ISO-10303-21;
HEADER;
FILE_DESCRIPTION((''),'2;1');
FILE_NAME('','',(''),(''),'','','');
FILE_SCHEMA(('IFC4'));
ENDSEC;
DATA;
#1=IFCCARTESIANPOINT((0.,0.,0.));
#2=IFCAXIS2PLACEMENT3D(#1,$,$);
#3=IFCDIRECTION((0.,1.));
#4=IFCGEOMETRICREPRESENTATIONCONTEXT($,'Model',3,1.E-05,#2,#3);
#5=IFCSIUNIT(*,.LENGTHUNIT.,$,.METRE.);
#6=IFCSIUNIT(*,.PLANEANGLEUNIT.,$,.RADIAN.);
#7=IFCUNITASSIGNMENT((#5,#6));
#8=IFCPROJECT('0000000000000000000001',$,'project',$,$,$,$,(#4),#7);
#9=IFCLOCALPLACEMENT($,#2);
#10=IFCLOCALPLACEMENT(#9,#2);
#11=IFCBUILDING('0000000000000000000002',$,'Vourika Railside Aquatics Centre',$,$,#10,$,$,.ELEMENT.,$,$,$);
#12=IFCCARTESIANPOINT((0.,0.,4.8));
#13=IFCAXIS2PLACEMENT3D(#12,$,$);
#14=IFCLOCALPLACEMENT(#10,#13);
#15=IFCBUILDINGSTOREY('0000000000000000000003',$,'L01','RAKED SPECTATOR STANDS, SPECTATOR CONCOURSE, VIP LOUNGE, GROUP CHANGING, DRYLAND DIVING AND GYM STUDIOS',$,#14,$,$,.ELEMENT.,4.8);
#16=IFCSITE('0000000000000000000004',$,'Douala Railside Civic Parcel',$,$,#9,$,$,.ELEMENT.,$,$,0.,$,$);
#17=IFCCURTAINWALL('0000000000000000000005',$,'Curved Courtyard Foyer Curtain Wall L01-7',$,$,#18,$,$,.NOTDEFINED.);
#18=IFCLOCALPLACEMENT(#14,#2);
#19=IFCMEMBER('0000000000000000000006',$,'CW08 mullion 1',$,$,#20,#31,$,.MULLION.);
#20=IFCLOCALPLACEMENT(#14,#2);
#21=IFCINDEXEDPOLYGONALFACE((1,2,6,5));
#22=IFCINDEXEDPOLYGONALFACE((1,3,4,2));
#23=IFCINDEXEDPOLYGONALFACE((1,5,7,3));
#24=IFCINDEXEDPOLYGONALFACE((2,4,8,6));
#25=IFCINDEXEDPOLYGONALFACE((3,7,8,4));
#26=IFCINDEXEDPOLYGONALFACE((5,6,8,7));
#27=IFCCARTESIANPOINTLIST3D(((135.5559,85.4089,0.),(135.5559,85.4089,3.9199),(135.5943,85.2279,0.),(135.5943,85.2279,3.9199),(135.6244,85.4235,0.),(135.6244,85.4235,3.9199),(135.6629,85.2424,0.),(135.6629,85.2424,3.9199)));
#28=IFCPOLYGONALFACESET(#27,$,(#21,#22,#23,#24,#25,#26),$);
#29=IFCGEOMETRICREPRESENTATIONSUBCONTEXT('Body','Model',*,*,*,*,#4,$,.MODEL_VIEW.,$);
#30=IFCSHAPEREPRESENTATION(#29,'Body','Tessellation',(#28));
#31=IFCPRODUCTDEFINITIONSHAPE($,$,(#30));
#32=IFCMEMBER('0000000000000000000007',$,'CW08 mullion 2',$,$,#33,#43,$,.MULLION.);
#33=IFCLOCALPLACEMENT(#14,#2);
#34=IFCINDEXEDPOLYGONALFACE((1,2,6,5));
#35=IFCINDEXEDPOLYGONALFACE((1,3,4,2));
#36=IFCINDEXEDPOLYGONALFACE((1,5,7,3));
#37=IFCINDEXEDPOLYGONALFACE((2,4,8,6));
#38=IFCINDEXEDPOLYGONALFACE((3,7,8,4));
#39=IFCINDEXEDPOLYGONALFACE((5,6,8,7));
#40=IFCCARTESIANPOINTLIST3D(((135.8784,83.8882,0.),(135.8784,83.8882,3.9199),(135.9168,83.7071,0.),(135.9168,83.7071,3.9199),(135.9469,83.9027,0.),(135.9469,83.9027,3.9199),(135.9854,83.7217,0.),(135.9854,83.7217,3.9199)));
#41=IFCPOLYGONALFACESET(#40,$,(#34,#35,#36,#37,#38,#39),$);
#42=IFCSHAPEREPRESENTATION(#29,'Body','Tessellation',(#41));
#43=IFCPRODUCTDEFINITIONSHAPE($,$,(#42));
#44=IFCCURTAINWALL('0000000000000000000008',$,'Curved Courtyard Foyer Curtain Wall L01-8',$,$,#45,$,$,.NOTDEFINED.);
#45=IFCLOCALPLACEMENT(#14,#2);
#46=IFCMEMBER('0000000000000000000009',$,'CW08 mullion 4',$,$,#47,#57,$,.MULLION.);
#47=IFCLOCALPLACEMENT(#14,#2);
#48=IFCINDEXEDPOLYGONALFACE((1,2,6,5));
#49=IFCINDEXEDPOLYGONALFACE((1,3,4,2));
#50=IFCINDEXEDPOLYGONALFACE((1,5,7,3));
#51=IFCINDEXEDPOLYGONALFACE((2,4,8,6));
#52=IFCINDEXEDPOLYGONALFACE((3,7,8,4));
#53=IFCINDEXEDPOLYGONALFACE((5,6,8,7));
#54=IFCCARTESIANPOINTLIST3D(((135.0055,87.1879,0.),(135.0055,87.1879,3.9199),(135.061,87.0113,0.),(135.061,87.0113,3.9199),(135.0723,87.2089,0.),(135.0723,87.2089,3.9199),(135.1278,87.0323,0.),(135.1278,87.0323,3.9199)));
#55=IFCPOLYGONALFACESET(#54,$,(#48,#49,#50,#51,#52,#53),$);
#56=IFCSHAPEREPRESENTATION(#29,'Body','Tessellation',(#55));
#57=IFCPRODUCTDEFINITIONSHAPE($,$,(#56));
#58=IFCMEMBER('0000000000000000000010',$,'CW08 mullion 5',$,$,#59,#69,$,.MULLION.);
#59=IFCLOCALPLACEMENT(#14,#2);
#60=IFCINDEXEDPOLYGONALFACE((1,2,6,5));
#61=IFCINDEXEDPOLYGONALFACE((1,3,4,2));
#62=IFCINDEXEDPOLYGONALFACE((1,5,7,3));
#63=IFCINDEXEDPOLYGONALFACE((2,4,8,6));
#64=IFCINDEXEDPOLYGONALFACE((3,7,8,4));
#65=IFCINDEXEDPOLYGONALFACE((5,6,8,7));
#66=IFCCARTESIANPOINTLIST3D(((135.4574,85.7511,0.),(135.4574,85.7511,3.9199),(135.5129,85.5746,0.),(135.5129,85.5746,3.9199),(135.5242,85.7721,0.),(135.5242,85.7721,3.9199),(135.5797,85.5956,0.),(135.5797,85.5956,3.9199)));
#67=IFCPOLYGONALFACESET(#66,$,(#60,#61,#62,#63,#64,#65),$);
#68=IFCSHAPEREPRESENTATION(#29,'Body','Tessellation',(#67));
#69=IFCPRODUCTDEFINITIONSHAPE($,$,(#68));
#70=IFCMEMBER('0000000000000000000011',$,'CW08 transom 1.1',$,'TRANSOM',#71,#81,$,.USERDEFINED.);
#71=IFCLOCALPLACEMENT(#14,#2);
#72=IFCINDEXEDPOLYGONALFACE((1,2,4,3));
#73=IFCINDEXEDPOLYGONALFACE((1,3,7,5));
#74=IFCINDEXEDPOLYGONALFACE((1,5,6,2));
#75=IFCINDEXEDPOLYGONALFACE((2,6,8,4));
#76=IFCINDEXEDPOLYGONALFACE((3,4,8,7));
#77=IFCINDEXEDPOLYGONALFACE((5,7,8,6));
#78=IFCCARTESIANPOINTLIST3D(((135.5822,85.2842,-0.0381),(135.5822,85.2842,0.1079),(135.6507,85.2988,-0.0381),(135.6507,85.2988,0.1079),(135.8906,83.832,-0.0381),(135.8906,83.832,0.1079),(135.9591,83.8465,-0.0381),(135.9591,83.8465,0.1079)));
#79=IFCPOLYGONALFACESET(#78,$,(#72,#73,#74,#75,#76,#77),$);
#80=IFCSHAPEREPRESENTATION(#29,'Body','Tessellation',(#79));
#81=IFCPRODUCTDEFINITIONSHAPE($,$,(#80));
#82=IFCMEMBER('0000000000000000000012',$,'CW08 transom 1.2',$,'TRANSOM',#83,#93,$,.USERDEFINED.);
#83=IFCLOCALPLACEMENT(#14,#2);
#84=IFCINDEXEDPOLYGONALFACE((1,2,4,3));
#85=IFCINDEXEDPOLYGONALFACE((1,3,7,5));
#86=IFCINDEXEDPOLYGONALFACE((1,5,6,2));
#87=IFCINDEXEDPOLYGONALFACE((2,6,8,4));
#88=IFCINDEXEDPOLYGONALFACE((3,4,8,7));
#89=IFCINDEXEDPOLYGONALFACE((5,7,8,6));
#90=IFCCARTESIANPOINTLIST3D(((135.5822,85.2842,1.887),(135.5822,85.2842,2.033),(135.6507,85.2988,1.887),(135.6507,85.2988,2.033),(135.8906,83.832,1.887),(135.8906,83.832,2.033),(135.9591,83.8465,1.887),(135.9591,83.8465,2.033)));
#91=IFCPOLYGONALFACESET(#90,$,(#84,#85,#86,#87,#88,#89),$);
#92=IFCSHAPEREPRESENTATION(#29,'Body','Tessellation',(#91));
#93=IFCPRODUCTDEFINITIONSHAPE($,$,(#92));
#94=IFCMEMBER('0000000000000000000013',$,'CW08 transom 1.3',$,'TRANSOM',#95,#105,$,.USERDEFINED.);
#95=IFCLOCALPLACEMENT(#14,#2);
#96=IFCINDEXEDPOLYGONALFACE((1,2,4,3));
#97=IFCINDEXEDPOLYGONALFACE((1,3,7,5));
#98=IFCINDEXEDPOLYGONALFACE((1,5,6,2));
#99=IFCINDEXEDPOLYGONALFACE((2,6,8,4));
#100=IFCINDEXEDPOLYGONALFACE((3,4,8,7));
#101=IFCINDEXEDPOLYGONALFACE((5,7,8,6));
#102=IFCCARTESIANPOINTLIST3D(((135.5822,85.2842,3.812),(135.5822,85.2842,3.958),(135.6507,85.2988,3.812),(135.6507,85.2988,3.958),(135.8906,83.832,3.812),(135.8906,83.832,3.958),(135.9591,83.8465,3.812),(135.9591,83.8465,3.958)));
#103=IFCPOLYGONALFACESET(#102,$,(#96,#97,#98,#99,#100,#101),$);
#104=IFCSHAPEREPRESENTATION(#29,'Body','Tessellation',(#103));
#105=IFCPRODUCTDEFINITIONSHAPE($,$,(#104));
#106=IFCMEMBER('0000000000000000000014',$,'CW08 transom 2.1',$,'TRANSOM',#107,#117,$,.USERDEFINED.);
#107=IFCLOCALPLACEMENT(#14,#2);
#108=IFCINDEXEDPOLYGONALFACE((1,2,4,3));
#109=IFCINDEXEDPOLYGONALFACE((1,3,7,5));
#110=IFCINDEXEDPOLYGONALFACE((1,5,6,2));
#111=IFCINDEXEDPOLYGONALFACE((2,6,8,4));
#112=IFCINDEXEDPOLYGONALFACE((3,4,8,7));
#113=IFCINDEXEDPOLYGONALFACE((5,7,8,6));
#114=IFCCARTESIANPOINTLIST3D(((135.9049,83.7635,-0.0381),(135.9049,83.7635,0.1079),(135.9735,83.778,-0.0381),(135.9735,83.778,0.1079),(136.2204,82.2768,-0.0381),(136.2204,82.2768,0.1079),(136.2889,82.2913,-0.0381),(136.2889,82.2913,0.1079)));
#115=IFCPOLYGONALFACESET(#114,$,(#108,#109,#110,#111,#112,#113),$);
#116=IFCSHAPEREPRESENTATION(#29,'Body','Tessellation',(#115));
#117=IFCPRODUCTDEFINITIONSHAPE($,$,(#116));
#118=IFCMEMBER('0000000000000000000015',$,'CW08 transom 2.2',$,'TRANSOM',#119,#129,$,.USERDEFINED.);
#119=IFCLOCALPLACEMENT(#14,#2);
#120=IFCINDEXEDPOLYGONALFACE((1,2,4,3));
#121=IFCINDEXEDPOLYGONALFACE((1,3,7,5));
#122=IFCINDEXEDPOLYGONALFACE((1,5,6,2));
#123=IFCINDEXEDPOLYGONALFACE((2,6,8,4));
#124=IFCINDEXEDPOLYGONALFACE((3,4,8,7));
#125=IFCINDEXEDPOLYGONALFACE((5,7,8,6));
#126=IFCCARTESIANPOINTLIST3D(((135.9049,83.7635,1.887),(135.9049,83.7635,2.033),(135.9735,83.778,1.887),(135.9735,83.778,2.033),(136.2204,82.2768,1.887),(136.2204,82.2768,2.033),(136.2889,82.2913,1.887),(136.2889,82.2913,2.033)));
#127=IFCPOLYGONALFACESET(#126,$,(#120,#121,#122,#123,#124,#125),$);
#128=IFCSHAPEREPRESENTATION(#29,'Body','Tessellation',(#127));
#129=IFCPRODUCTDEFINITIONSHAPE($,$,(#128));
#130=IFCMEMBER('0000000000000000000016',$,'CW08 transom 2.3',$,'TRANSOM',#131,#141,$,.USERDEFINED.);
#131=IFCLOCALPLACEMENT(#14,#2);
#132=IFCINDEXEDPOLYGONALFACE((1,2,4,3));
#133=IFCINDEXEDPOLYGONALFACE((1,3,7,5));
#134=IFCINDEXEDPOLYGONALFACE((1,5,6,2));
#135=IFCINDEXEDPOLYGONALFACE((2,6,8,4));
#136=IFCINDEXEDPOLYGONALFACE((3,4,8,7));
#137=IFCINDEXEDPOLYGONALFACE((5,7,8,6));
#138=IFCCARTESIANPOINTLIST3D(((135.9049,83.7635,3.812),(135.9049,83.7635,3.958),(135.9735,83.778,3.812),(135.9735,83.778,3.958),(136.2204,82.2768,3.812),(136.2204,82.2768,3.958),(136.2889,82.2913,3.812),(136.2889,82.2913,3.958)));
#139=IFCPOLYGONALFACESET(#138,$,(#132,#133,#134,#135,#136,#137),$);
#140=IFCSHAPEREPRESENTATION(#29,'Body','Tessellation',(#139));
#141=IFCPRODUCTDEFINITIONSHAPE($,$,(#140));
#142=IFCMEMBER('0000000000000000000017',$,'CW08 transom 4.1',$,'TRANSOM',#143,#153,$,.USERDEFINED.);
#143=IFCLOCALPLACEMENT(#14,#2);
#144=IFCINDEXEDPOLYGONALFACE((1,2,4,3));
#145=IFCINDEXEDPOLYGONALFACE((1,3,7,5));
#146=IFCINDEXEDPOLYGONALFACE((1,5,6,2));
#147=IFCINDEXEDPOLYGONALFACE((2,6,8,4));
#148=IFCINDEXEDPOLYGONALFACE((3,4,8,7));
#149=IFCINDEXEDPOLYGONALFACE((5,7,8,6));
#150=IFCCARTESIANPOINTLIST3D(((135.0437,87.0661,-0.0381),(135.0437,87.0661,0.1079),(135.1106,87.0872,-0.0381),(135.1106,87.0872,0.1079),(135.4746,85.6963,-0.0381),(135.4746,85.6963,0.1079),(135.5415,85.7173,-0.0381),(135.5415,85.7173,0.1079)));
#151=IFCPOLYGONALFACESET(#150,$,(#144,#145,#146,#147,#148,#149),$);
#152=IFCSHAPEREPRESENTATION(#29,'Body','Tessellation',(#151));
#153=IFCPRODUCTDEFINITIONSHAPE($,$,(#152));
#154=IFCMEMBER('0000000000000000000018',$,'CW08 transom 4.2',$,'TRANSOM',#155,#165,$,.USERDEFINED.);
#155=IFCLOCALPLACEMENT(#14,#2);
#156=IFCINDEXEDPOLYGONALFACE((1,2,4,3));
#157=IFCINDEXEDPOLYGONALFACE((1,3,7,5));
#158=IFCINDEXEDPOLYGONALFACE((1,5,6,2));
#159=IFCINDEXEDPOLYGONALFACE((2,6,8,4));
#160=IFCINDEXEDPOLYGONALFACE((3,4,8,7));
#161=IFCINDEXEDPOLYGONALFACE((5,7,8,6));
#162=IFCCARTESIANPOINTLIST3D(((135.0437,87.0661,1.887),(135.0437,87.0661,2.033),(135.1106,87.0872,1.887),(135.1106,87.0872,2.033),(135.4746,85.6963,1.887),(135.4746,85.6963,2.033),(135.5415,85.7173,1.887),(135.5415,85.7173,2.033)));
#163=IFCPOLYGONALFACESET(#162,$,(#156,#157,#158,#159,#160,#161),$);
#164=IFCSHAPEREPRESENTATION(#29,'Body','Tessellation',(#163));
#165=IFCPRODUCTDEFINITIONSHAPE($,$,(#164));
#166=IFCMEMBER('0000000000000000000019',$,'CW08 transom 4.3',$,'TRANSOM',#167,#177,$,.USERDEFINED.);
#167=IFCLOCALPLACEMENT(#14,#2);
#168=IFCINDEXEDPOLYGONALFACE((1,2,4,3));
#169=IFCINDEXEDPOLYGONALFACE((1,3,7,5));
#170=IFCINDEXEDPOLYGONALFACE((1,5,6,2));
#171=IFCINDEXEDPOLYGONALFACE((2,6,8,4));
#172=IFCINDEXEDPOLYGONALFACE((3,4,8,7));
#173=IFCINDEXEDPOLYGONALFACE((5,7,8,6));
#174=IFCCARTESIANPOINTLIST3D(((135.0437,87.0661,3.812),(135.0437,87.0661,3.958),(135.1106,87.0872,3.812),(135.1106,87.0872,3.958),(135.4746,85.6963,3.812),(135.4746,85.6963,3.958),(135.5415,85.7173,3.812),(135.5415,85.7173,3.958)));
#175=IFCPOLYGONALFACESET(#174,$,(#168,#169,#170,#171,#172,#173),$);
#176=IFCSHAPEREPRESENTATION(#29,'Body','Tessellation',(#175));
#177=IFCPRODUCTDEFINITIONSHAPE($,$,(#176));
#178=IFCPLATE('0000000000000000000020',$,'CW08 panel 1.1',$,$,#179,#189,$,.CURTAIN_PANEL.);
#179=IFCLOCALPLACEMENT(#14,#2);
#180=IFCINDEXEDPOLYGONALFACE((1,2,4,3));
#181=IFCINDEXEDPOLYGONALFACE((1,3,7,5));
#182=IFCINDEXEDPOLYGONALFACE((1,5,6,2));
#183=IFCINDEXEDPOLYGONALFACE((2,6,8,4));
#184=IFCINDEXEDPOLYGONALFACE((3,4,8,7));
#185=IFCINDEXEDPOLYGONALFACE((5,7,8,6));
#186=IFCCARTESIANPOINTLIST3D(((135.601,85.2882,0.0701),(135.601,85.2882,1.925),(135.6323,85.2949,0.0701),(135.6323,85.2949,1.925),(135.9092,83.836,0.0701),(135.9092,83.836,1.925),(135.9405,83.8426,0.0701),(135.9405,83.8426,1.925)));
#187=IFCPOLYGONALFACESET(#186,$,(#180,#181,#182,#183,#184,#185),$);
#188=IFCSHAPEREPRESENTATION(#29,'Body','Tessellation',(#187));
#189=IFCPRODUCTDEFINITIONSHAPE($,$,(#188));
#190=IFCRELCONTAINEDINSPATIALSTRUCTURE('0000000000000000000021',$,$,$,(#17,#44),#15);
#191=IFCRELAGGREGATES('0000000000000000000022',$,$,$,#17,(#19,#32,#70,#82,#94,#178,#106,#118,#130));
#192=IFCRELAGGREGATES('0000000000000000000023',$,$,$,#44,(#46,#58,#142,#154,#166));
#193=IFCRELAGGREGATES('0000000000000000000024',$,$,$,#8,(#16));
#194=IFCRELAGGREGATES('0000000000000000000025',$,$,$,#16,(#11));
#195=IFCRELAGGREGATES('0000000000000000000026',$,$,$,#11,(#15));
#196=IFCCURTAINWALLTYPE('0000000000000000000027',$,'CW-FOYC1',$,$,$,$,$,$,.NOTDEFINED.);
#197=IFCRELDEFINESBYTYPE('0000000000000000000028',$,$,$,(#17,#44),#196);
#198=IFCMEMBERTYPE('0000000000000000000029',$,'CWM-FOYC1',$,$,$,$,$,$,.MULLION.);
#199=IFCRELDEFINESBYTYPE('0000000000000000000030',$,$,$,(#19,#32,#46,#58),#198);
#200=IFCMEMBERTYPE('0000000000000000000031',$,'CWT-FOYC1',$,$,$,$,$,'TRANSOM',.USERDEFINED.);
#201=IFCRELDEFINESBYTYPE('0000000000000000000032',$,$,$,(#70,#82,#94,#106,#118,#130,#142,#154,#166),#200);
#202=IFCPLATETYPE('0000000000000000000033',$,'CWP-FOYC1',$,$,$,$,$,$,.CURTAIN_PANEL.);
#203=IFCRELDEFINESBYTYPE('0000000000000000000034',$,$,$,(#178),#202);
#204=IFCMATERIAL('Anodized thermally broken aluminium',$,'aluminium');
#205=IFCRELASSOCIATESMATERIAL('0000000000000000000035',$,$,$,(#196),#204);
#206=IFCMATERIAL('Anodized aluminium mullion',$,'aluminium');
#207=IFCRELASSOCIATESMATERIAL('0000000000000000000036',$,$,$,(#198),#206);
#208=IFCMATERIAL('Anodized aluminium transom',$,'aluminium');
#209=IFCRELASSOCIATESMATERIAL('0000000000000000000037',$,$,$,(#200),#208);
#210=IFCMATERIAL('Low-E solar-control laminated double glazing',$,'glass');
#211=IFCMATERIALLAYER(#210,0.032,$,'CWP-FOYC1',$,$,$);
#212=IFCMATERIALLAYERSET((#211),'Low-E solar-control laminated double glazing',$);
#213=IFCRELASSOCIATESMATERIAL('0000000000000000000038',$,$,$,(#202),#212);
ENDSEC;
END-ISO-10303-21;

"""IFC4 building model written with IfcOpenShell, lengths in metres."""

from ifc_helpers import new_model, si_unit, direction, frame, origin, origin_2d, place, context, subcontext, project, spatial, rectangle, extrude, material, layer, layer_set, material_profile, profile_set, type_object, element, aggregate, save


model = new_model("IFC4")

# Units and contexts
model_context = context("Model", 3, precision=1e-05, world=origin(), true_north=direction((0.0, 1.0)))
body_context = subcontext(model_context, "Body", "Model", "MODEL_VIEW")
ifc_project = project(units=[si_unit("LENGTHUNIT", "METRE"), si_unit("PLANEANGLEUNIT", "RADIAN")], contexts=[model_context])

# Site, building, storey
site_placement = place(None, origin())
site = spatial("IfcSite", under=ifc_project, at=site_placement, Name="Douala Railside Civic Parcel", CompositionType="ELEMENT", RefElevation=0.0)
building_placement = place(site_placement, origin())
building = spatial("IfcBuilding", under=site, at=building_placement, Name="Vourika Railside Aquatics Centre", CompositionType="ELEMENT")
storey_placement = place(building_placement, frame((0.0, 0.0, 4.8)))
storey = spatial("IfcBuildingStorey", under=building, at=storey_placement, Name="L01", Description="RAKED SPECTATOR STANDS, SPECTATOR CONCOURSE, VIP LOUNGE, GROUP CHANGING, DRYLAND DIVING AND GYM STUDIOS", CompositionType="ELEMENT", Elevation=4.8)

# Curtain walls, members
ifc_material_1 = material(Name="Anodized thermally broken aluminium", Category="aluminium")
curtain_wall_type = type_object("IfcCurtainWallType", Name="CW-FOYC1", PredefinedType="NOTDEFINED", material=ifc_material_1)
curtain_wall_1_placement = place(storey_placement, origin())
curtain_wall_1 = element("IfcCurtainWall", 1, at=curtain_wall_1_placement, inside=storey, type_object=curtain_wall_type, Name="Curved Courtyard Foyer Curtain Wall L01-7", PredefinedType="NOTDEFINED")
ifc_material_2 = material(Name="Anodized aluminium mullion", Category="aluminium")
ifc_material_profile_1 = material_profile(ifc_material_2, rectangle(XDim=0.0701, YDim=0.1851, at=origin_2d()), Name="ALU-M 70x185")
ifc_profile_set_1 = profile_set([ifc_material_profile_1], Name="Anodized aluminium mullion")
member_type_1 = type_object("IfcMemberType", Name="CWM-FOYC1", PredefinedType="MULLION", material=ifc_profile_set_1)
member_1_placement = place(storey_placement, frame((135.6094, 85.3257, 0.0), z_axis=(0.0, 0.0, 1.0), x_axis=(0.978215, 0.207595, 0.0)))
member_1 = element("IfcMember", 2, at=member_1_placement, type_object=member_type_1, Name="CW08 mullion 1", PredefinedType="MULLION", context=body_context, shape_type="SweptSolid", body=[
    extrude(rectangle(XDim=0.0701, YDim=0.1851, at=origin_2d()), origin(), (0.0, 0.0, 1.0), 3.9199),
])
member_2_placement = place(storey_placement, frame((135.9319, 83.8049, 0.0), z_axis=(0.0, 0.0, 1.0), x_axis=(0.978215, 0.207595, 0.0)))
member_2 = element("IfcMember", 3, at=member_2_placement, type_object=member_type_1, Name="CW08 mullion 2", PredefinedType="MULLION", context=body_context, shape_type="SweptSolid", body=[
    extrude(rectangle(XDim=0.0701, YDim=0.1851, at=origin_2d()), origin(), (0.0, 0.0, 1.0), 3.9199),
])
curtain_wall_2_placement = place(storey_placement, origin())
curtain_wall_2 = element("IfcCurtainWall", 4, at=curtain_wall_2_placement, inside=storey, type_object=curtain_wall_type, Name="Curved Courtyard Foyer Curtain Wall L01-8", PredefinedType="NOTDEFINED")
member_3_placement = place(storey_placement, frame((135.0667, 87.1101, 0.0), z_axis=(0.0, 0.0, 1.0), x_axis=(0.953947, 0.299974, 0.0)))
member_3 = element("IfcMember", 5, at=member_3_placement, type_object=member_type_1, Name="CW08 mullion 4", PredefinedType="MULLION", context=body_context, shape_type="SweptSolid", body=[
    extrude(rectangle(XDim=0.0701, YDim=0.1851, at=origin_2d()), origin(), (0.0, 0.0, 1.0), 3.9199),
])
member_4_placement = place(storey_placement, frame((135.5186, 85.6733, 0.0), z_axis=(0.0, 0.0, 1.0), x_axis=(0.953947, 0.299974, 0.0)))
member_4 = element("IfcMember", 6, at=member_4_placement, type_object=member_type_1, Name="CW08 mullion 5", PredefinedType="MULLION", context=body_context, shape_type="SweptSolid", body=[
    extrude(rectangle(XDim=0.0701, YDim=0.1851, at=origin_2d()), origin(), (0.0, 0.0, 1.0), 3.9199),
])

# Members
ifc_material_3 = material(Name="Anodized aluminium transom", Category="aluminium")
ifc_material_profile_2 = material_profile(ifc_material_3, rectangle(XDim=0.0701, YDim=0.146, at=origin_2d()), Name="ALU-T 70x146")
ifc_profile_set_2 = profile_set([ifc_material_profile_2], Name="Anodized aluminium transom")
member_type_2 = type_object("IfcMemberType", Name="CWT-FOYC1", ElementType="TRANSOM", PredefinedType="USERDEFINED", material=ifc_profile_set_2)
member_5_placement = place(storey_placement, frame((135.6165, 85.2915, 0.0349), z_axis=(0.207709, -0.978191, 0.0), x_axis=(0.978191, 0.207709, 0.0)))
member_5 = element("IfcMember", 7, at=member_5_placement, type_object=member_type_2, Name="CW08 transom 1.1", ObjectType="TRANSOM", PredefinedType="USERDEFINED", context=body_context, shape_type="SweptSolid", body=[
    extrude(rectangle(XDim=0.0701, YDim=0.146, at=origin_2d()), origin(), (0.0, 0.0, 1.0), 1.4846),
])
member_6_placement = place(storey_placement, frame((135.6165, 85.2915, 1.96), z_axis=(0.207709, -0.978191, 0.0), x_axis=(0.978191, 0.207709, 0.0)))
member_6 = element("IfcMember", 8, at=member_6_placement, type_object=member_type_2, Name="CW08 transom 1.2", ObjectType="TRANSOM", PredefinedType="USERDEFINED", context=body_context, shape_type="SweptSolid", body=[
    extrude(rectangle(XDim=0.0701, YDim=0.146, at=origin_2d()), origin(), (0.0, 0.0, 1.0), 1.4846),
])
member_7_placement = place(storey_placement, frame((135.6165, 85.2915, 3.885), z_axis=(0.207709, -0.978191, 0.0), x_axis=(0.978191, 0.207709, 0.0)))
member_7 = element("IfcMember", 9, at=member_7_placement, type_object=member_type_2, Name="CW08 transom 1.3", ObjectType="TRANSOM", PredefinedType="USERDEFINED", context=body_context, shape_type="SweptSolid", body=[
    extrude(rectangle(XDim=0.0701, YDim=0.146, at=origin_2d()), origin(), (0.0, 0.0, 1.0), 1.4846),
])
member_8_placement = place(storey_placement, frame((135.9392, 83.7708, 0.0349), z_axis=(0.207565, -0.978221, 0.0), x_axis=(0.978221, 0.207565, 0.0)))
member_8 = element("IfcMember", 10, at=member_8_placement, type_object=member_type_2, Name="CW08 transom 2.1", ObjectType="TRANSOM", PredefinedType="USERDEFINED", context=body_context, shape_type="SweptSolid", body=[
    extrude(rectangle(XDim=0.0701, YDim=0.146, at=origin_2d()), origin(), (0.0, 0.0, 1.0), 1.5198),
])
member_9_placement = place(storey_placement, frame((135.9392, 83.7708, 1.96), z_axis=(0.207565, -0.978221, 0.0), x_axis=(0.978221, 0.207565, 0.0)))
member_9 = element("IfcMember", 11, at=member_9_placement, type_object=member_type_2, Name="CW08 transom 2.2", ObjectType="TRANSOM", PredefinedType="USERDEFINED", context=body_context, shape_type="SweptSolid", body=[
    extrude(rectangle(XDim=0.0701, YDim=0.146, at=origin_2d()), origin(), (0.0, 0.0, 1.0), 1.5198),
])
member_10_placement = place(storey_placement, frame((135.9392, 83.7708, 3.885), z_axis=(0.207565, -0.978221, 0.0), x_axis=(0.978221, 0.207565, 0.0)))
member_10 = element("IfcMember", 12, at=member_10_placement, type_object=member_type_2, Name="CW08 transom 2.3", ObjectType="TRANSOM", PredefinedType="USERDEFINED", context=body_context, shape_type="SweptSolid", body=[
    extrude(rectangle(XDim=0.0701, YDim=0.146, at=origin_2d()), origin(), (0.0, 0.0, 1.0), 1.5198),
])
member_11_placement = place(storey_placement, frame((135.0771, 87.0767, 0.0349), z_axis=(0.300065, -0.953919, 0.0), x_axis=(0.953919, 0.300065, 0.0)))
member_11 = element("IfcMember", 13, at=member_11_placement, type_object=member_type_2, Name="CW08 transom 4.1", ObjectType="TRANSOM", PredefinedType="USERDEFINED", context=body_context, shape_type="SweptSolid", body=[
    extrude(rectangle(XDim=0.0701, YDim=0.146, at=origin_2d()), origin(), (0.0, 0.0, 1.0), 1.436),
])
member_12_placement = place(storey_placement, frame((135.0771, 87.0767, 1.96), z_axis=(0.300065, -0.953919, 0.0), x_axis=(0.953919, 0.300065, 0.0)))
member_12 = element("IfcMember", 14, at=member_12_placement, type_object=member_type_2, Name="CW08 transom 4.2", ObjectType="TRANSOM", PredefinedType="USERDEFINED", context=body_context, shape_type="SweptSolid", body=[
    extrude(rectangle(XDim=0.0701, YDim=0.146, at=origin_2d()), origin(), (0.0, 0.0, 1.0), 1.436),
])
member_13_placement = place(storey_placement, frame((135.0771, 87.0767, 3.885), z_axis=(0.300065, -0.953919, 0.0), x_axis=(0.953919, 0.300065, 0.0)))
member_13 = element("IfcMember", 15, at=member_13_placement, type_object=member_type_2, Name="CW08 transom 4.3", ObjectType="TRANSOM", PredefinedType="USERDEFINED", context=body_context, shape_type="SweptSolid", body=[
    extrude(rectangle(XDim=0.0701, YDim=0.146, at=origin_2d()), origin(), (0.0, 0.0, 1.0), 1.436),
])

# Plate
ifc_material_4 = material(Name="Low-E solar-control laminated double glazing", Category="glass")
ifc_layer = layer(ifc_material_4, 0.032, Name="CWP-FOYC1")
ifc_layer_set = layer_set([ifc_layer], Name="Low-E solar-control laminated double glazing")
plate_type = type_object("IfcPlateType", Name="CWP-FOYC1", PredefinedType="CURTAIN_PANEL", material=ifc_layer_set)
plate_1_placement = place(storey_placement, frame((135.7708, 84.5654, 0.0701), z_axis=(0.0, 0.0, 1.0), x_axis=(0.207595, -0.978215, 0.0)))
plate_1 = element("IfcPlate", 16, at=plate_1_placement, type_object=plate_type, Name="CW08 panel 1.1", PredefinedType="CURTAIN_PANEL", context=body_context, shape_type="SweptSolid", body=[
    extrude(rectangle(XDim=1.4846, YDim=0.032, at=origin_2d()), origin(), (0.0, 0.0, 1.0), 1.855),
])
aggregate(curtain_wall_1, [member_1, member_2, member_5, member_6, member_7, plate_1, member_8, member_9, member_10])
aggregate(curtain_wall_2, [member_3, member_4, member_11, member_12, member_13])

save(model, "model.ifc")
